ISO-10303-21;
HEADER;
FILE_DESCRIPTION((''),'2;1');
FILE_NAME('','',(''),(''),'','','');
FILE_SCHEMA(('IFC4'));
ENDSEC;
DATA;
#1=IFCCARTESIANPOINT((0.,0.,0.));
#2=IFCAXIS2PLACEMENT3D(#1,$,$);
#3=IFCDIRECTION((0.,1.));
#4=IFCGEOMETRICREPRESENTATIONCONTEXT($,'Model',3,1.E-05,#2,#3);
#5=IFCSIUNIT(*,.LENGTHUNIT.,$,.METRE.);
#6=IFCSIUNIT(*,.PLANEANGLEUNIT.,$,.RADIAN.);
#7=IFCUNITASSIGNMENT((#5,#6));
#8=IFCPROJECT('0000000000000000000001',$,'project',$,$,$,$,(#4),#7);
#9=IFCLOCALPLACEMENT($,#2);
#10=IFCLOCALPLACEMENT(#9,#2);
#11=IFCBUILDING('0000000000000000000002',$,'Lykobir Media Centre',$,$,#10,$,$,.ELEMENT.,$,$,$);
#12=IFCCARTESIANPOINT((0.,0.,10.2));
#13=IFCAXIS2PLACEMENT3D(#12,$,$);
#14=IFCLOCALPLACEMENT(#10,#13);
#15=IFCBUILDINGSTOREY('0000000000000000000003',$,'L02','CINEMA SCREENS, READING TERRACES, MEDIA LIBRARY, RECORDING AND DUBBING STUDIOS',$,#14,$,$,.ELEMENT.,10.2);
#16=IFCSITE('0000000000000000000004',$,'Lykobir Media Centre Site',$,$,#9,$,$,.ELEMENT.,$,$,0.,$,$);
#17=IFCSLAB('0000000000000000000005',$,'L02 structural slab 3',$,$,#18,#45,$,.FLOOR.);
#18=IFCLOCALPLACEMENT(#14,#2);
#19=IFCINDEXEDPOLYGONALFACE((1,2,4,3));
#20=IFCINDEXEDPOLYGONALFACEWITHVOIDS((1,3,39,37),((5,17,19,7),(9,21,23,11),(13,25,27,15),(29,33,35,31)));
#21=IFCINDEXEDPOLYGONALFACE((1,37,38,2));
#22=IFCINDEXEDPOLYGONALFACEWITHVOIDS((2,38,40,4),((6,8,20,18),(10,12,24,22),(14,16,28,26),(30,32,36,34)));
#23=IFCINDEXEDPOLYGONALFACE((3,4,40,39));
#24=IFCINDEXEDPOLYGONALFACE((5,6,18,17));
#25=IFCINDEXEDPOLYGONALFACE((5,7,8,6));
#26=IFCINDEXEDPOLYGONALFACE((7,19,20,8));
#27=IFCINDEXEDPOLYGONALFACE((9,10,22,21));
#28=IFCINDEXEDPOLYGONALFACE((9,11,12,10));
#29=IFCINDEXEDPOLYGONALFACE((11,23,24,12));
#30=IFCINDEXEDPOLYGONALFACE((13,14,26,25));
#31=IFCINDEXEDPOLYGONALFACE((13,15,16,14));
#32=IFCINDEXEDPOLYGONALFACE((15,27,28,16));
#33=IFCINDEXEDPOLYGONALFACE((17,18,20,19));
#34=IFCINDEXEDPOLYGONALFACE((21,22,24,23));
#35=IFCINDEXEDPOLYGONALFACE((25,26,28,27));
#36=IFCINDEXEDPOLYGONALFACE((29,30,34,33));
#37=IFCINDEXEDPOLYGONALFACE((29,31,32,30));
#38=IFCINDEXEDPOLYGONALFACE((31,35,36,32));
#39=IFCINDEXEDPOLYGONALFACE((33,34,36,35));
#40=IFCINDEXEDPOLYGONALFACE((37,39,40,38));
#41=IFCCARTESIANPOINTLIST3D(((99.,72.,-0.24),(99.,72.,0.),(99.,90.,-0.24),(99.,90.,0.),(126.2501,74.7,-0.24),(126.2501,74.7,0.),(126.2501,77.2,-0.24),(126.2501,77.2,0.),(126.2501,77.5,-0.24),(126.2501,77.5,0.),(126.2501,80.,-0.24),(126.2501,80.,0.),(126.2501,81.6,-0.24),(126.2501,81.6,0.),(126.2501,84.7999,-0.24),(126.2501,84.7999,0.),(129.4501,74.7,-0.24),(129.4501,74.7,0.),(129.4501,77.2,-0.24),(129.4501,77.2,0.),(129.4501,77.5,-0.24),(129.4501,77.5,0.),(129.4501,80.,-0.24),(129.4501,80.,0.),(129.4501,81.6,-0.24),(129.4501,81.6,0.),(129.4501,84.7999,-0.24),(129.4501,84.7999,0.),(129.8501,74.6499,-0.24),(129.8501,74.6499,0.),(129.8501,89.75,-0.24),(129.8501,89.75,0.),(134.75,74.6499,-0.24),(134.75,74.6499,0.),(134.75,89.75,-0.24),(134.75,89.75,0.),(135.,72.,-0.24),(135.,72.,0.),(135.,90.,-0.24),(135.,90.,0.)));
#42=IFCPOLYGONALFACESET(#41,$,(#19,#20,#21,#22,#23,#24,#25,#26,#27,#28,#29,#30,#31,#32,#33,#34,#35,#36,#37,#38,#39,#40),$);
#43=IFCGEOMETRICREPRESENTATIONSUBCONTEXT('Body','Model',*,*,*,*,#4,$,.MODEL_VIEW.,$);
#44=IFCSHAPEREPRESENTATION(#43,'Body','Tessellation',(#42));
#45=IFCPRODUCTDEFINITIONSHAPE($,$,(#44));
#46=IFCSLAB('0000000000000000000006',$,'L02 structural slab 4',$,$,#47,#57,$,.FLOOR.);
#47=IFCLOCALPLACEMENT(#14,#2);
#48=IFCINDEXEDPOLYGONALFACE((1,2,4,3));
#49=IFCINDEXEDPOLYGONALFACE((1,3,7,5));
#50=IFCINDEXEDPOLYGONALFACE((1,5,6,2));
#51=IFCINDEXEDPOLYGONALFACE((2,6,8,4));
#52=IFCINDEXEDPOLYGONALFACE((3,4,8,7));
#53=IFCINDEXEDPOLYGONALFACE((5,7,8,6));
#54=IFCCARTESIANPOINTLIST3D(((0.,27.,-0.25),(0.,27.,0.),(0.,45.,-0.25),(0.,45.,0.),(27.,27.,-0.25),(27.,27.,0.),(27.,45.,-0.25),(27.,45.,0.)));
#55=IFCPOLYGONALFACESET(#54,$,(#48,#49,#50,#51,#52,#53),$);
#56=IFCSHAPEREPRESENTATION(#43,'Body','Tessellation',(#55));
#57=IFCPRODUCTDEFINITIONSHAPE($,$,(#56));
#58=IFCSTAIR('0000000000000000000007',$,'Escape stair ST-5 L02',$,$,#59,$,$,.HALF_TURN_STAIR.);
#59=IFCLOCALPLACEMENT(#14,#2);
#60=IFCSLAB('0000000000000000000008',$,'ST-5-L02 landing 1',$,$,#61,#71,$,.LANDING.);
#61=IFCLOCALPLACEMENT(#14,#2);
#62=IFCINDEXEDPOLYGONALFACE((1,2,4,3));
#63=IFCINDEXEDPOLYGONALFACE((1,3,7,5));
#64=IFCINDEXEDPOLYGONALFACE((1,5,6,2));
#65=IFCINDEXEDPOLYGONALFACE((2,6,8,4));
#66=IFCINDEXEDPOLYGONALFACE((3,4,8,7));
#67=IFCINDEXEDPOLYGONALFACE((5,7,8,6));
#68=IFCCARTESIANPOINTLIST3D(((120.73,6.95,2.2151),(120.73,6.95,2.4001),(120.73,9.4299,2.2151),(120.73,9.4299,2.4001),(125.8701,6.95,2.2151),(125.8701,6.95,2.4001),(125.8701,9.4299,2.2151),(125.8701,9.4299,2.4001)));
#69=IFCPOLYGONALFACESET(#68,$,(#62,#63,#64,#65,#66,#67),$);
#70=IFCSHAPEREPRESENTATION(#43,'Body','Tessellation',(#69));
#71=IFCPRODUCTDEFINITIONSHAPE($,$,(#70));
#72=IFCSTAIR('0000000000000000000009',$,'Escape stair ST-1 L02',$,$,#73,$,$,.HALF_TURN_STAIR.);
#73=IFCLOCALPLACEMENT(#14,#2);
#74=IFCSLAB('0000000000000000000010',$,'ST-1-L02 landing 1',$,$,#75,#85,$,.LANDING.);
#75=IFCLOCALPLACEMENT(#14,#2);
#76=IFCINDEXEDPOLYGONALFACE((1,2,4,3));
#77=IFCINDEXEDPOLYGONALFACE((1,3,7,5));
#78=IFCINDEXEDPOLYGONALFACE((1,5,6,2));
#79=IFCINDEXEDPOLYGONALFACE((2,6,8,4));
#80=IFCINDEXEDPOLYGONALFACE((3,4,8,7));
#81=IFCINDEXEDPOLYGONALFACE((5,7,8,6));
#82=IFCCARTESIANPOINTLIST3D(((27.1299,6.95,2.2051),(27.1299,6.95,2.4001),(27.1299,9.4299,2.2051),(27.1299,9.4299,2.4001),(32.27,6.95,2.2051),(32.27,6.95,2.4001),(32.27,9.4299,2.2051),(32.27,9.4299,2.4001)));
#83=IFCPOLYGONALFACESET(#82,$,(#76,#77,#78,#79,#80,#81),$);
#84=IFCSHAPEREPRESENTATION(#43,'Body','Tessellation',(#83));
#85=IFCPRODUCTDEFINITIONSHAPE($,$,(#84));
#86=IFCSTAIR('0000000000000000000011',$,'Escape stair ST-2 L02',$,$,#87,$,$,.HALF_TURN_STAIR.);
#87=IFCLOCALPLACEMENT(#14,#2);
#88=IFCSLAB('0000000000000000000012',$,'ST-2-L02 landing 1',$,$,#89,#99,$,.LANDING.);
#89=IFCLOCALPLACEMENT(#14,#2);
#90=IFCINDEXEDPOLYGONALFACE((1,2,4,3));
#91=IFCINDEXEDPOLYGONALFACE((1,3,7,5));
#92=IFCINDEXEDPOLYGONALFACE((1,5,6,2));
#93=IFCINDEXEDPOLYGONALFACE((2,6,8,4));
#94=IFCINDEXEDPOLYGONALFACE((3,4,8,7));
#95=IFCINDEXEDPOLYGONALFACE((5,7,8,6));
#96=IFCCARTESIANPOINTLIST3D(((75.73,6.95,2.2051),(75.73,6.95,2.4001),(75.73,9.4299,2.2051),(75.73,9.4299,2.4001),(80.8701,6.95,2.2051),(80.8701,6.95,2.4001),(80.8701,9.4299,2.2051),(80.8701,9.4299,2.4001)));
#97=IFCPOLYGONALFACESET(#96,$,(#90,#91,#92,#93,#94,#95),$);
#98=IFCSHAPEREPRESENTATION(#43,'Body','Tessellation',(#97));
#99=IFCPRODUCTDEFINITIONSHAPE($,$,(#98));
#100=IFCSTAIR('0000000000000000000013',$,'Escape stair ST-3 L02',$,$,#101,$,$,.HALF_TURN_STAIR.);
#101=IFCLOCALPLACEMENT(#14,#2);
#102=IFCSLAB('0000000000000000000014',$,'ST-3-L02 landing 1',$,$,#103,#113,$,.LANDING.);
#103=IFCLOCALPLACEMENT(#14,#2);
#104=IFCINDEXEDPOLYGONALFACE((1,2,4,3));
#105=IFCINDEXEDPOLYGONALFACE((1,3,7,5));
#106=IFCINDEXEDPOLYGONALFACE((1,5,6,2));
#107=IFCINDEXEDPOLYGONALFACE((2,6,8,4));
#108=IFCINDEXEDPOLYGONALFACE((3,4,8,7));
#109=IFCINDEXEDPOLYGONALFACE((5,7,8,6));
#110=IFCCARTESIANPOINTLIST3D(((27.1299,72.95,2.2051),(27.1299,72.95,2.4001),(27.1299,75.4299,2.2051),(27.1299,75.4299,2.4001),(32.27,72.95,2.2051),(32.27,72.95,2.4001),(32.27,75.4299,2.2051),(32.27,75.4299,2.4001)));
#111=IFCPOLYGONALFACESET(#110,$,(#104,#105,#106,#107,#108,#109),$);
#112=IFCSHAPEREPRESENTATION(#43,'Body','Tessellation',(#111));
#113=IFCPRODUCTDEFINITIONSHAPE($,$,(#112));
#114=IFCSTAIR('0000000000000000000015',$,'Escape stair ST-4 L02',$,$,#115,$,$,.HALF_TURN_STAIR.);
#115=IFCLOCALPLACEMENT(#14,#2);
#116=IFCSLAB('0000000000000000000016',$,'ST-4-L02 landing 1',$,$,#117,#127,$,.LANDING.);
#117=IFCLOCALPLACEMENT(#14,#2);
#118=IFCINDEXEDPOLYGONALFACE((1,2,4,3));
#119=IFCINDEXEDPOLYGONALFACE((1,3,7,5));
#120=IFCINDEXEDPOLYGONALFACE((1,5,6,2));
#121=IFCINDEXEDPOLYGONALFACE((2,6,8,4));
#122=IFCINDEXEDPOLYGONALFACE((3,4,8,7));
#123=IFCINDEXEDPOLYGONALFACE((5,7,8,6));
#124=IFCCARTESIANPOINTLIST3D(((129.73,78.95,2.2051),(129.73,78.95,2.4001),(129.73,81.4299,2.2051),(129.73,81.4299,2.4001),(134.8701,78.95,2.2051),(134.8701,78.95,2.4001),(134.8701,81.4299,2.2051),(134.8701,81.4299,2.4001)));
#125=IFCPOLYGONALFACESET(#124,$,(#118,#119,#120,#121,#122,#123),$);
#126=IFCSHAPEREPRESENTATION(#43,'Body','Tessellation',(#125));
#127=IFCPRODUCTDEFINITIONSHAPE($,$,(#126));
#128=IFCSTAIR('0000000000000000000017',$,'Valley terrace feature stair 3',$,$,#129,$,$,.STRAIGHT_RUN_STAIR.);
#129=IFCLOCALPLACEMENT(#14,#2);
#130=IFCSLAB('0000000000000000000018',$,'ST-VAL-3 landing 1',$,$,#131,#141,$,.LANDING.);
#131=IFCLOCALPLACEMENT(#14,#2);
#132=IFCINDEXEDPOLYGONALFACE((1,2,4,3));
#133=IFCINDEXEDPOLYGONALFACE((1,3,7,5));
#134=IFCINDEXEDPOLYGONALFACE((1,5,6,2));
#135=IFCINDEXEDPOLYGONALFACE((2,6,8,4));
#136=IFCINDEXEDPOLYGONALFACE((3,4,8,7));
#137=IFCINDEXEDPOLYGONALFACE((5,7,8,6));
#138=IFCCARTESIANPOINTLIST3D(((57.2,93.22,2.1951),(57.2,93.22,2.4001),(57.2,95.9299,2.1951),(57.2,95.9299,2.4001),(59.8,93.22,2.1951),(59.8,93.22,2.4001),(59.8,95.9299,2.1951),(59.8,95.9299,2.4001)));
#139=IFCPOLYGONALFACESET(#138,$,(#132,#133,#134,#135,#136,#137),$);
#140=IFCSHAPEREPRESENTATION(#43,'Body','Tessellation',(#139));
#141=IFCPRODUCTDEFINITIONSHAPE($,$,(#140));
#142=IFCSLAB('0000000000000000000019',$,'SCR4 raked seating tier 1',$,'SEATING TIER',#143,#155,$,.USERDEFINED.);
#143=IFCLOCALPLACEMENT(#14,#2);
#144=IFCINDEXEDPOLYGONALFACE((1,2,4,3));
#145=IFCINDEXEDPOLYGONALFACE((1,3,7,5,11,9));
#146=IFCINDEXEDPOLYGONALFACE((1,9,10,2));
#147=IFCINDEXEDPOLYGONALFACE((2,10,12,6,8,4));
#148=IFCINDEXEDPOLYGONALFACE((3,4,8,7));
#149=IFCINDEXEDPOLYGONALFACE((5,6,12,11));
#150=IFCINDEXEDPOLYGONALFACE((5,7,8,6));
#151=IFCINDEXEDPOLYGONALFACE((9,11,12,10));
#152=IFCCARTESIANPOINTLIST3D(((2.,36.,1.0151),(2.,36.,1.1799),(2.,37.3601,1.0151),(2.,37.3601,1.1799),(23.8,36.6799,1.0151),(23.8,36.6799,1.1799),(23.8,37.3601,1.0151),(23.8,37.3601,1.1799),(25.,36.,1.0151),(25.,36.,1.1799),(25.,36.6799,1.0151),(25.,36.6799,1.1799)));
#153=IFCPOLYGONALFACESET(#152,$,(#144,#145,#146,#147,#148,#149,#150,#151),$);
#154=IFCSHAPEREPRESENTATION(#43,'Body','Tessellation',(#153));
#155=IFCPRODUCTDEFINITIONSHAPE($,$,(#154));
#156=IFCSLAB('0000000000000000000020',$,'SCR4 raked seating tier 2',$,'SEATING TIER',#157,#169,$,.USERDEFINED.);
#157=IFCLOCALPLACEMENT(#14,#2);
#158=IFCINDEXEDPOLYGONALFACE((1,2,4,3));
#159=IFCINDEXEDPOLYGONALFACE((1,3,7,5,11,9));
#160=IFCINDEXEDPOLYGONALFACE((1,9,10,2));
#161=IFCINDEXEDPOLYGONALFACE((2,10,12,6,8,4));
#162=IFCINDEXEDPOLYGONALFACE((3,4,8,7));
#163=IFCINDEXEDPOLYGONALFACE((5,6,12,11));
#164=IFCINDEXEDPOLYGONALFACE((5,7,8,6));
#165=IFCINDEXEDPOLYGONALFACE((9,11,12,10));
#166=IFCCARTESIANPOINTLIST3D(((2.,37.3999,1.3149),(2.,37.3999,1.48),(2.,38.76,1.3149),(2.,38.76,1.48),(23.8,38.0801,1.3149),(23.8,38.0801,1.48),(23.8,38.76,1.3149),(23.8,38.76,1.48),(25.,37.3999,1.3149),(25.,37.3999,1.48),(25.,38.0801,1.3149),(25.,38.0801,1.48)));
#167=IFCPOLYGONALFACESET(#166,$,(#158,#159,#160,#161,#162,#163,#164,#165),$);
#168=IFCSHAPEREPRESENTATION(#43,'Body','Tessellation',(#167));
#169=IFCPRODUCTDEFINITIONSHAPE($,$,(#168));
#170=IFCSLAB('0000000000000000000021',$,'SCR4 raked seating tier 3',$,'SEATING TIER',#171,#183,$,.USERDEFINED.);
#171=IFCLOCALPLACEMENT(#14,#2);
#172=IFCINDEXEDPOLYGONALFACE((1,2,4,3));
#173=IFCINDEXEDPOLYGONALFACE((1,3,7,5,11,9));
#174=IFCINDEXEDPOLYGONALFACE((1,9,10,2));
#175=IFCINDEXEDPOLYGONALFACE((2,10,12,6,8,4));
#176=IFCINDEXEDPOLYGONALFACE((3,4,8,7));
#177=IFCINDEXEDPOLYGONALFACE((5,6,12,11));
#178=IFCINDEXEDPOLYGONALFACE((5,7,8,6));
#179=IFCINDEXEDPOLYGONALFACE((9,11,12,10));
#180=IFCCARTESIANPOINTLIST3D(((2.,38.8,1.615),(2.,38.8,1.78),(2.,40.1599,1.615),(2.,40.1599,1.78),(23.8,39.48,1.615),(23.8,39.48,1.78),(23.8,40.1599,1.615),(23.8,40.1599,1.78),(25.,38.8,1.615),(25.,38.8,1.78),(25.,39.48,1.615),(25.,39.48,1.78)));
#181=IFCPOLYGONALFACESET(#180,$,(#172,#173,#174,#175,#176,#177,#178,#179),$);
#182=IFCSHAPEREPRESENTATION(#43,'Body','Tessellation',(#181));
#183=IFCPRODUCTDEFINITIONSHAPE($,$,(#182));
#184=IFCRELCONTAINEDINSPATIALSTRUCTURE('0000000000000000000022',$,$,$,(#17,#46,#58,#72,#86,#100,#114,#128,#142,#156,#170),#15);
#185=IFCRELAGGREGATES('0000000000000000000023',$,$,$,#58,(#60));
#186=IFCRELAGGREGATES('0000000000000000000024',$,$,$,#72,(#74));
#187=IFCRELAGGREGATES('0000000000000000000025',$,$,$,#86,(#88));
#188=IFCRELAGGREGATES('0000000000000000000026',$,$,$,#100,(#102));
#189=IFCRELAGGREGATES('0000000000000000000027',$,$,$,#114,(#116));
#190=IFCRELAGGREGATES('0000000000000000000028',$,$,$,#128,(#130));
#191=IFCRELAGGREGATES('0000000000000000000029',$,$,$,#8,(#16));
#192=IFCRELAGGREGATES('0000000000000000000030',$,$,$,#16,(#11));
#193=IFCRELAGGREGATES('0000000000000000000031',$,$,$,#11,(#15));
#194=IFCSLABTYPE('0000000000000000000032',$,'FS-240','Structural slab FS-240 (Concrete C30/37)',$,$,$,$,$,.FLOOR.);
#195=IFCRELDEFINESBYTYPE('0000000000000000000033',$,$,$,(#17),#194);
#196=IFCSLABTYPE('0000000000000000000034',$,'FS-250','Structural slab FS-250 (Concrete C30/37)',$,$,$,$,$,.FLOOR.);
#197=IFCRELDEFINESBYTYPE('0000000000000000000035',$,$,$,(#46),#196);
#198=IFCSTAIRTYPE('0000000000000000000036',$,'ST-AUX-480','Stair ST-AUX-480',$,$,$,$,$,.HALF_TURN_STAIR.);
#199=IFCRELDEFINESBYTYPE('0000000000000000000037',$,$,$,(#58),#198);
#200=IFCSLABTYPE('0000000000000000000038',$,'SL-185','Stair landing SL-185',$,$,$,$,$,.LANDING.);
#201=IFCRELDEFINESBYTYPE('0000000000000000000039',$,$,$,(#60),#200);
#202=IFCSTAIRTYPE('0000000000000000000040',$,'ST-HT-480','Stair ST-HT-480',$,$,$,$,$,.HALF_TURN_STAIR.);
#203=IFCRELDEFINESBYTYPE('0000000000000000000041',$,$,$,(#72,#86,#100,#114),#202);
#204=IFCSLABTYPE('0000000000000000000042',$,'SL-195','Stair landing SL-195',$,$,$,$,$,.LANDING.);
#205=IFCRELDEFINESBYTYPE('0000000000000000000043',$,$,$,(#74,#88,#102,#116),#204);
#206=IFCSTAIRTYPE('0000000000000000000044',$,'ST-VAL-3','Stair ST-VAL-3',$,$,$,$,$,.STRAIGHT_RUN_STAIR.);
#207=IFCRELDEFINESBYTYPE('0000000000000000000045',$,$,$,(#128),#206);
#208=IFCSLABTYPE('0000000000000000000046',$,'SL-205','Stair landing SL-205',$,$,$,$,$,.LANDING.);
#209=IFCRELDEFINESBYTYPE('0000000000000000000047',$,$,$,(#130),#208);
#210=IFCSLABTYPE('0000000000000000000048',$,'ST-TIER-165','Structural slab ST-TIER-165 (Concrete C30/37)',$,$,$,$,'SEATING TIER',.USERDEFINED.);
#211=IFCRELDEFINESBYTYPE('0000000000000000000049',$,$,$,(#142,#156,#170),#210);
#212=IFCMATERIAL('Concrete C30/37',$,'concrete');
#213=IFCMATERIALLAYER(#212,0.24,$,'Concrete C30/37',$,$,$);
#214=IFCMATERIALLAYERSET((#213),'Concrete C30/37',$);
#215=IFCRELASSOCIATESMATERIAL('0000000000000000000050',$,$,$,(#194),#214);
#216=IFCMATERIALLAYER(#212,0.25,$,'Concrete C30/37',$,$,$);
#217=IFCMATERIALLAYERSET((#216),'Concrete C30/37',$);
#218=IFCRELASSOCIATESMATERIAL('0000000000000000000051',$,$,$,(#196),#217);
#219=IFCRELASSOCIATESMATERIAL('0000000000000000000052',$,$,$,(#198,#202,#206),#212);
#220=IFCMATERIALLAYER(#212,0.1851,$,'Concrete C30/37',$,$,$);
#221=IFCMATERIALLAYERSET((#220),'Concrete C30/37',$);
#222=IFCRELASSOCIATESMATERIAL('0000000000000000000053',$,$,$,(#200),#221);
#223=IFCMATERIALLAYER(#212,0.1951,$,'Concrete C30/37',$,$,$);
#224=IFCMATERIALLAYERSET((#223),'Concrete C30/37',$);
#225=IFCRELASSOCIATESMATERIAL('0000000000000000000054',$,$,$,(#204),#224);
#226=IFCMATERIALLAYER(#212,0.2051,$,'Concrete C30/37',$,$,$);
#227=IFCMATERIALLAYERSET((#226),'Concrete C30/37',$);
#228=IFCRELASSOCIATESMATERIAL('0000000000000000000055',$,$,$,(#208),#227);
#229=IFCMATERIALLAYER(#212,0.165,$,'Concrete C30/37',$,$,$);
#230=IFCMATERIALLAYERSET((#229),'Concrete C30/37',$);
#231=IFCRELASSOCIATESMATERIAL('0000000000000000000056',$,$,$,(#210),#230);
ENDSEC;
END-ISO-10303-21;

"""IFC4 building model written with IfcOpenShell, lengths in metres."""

from ifc_helpers import new_model, si_unit, direction, frame, origin, origin_2d, place, context, subcontext, project, spatial, polyline, rectangle, outline, extrude, material, layer, layer_set, type_object, element, aggregate, save


model = new_model("IFC4")

# Units and contexts
model_context = context("Model", 3, precision=1e-05, world=origin(), true_north=direction((0.0, 1.0)))
body_context = subcontext(model_context, "Body", "Model", "MODEL_VIEW")
ifc_project = project(units=[si_unit("LENGTHUNIT", "METRE"), si_unit("PLANEANGLEUNIT", "RADIAN")], contexts=[model_context])

# Site, building, storey
site_placement = place(None, origin())
site = spatial("IfcSite", under=ifc_project, at=site_placement, Name="Lykobir Media Centre Site", CompositionType="ELEMENT", RefElevation=0.0)
building_placement = place(site_placement, origin())
building = spatial("IfcBuilding", under=site, at=building_placement, Name="Lykobir Media Centre", CompositionType="ELEMENT")
storey_placement = place(building_placement, frame((0.0, 0.0, 10.2)))
storey = spatial("IfcBuildingStorey", under=building, at=storey_placement, Name="L02", Description="CINEMA SCREENS, READING TERRACES, MEDIA LIBRARY, RECORDING AND DUBBING STUDIOS", CompositionType="ELEMENT", Elevation=10.2)

# Shared definitions
ifc_material_1 = material(Name="Concrete C30/37", Category="concrete")
ifc_layer_1 = layer(ifc_material_1, 0.24, Name="Concrete C30/37")
ifc_layer_set_1 = layer_set([ifc_layer_1], Name="Concrete C30/37")
slab_type_1 = type_object("IfcSlabType", Name="FS-240", Description="Structural slab FS-240 (Concrete C30/37)", PredefinedType="FLOOR", material=ifc_layer_set_1)

# Slab, openings
slab_1_placement = place(storey_placement, frame((0.0, 0.0, -0.24)))
slab_1 = element("IfcSlab", 1, at=slab_1_placement, inside=storey, type_object=slab_type_1, Name="L02 structural slab 3", PredefinedType="FLOOR", context=body_context, shape_type="SweptSolid", body=[
    extrude(outline(polyline([(135.0, 90.0), (99.0, 90.0), (99.0, 72.0), (135.0, 72.0), (135.0, 90.0)]), holes=[polyline([(134.75, 74.6499), (129.8501, 74.6499), (129.8501, 89.75), (134.75, 89.75), (134.75, 74.6499)])]), origin(), (0.0, 0.0, 1.0), 0.24),
])
opening_1_placement = place(slab_1_placement, frame((127.8501, 75.95, 0.0)))
element("IfcOpeningElement", 2, at=opening_1_placement, cuts=slab_1, PredefinedType="OPENING", context=body_context, shape_type="SweptSolid", body=[
    extrude(rectangle(XDim=3.2, YDim=2.5, at=origin_2d()), origin(), (0.0, 0.0, 1.0), 0.24),
])
opening_2_placement = place(slab_1_placement, frame((127.8501, 78.75, 0.0)))
element("IfcOpeningElement", 3, at=opening_2_placement, cuts=slab_1, PredefinedType="OPENING", context=body_context, shape_type="SweptSolid", body=[
    extrude(rectangle(XDim=3.2, YDim=2.5, at=origin_2d()), origin(), (0.0, 0.0, 1.0), 0.24),
])
opening_3_placement = place(slab_1_placement, frame((127.8501, 83.2, 0.0)))
element("IfcOpeningElement", 4, at=opening_3_placement, cuts=slab_1, PredefinedType="OPENING", context=body_context, shape_type="SweptSolid", body=[
    extrude(rectangle(XDim=3.2, YDim=3.2, at=origin_2d()), origin(), (0.0, 0.0, 1.0), 0.24),
])

# Slab
ifc_layer_2 = layer(ifc_material_1, 0.25, Name="Concrete C30/37")
ifc_layer_set_2 = layer_set([ifc_layer_2], Name="Concrete C30/37")
slab_type_2 = type_object("IfcSlabType", Name="FS-250", Description="Structural slab FS-250 (Concrete C30/37)", PredefinedType="FLOOR", material=ifc_layer_set_2)
slab_2_placement = place(storey_placement, frame((0.0, 0.0, -0.25)))
element("IfcSlab", 5, at=slab_2_placement, inside=storey, type_object=slab_type_2, Name="L02 structural slab 4", PredefinedType="FLOOR", context=body_context, shape_type="SweptSolid", body=[
    extrude(outline(polyline([(27.0, 27.0), (27.0, 45.0), (0.0, 45.0), (0.0, 27.0), (27.0, 27.0)])), origin(), (0.0, 0.0, 1.0), 0.25),
])

# Stairs, slabs
stair_type_1 = type_object("IfcStairType", Name="ST-AUX-480", Description="Stair ST-AUX-480", PredefinedType="HALF_TURN_STAIR", material=ifc_material_1)
stair_1_placement = place(storey_placement, origin())
stair_1 = element("IfcStair", 6, at=stair_1_placement, inside=storey, type_object=stair_type_1, Name="Escape stair ST-5 L02", PredefinedType="HALF_TURN_STAIR")
ifc_layer_3 = layer(ifc_material_1, 0.1851, Name="Concrete C30/37")
ifc_layer_set_3 = layer_set([ifc_layer_3], Name="Concrete C30/37")
slab_type_3 = type_object("IfcSlabType", Name="SL-185", Description="Stair landing SL-185", PredefinedType="LANDING", material=ifc_layer_set_3)
slab_3_placement = place(storey_placement, frame((0.0, 0.0, 2.2151)))
slab_3 = element("IfcSlab", 7, at=slab_3_placement, type_object=slab_type_3, Name="ST-5-L02 landing 1", PredefinedType="LANDING", context=body_context, shape_type="SweptSolid", body=[
    extrude(outline(polyline([(120.73, 6.95), (125.8701, 6.95), (125.8701, 9.4299), (120.73, 9.4299), (120.73, 6.95)])), origin(), (0.0, 0.0, 1.0), 0.1851),
])
aggregate(stair_1, [slab_3])
stair_type_2 = type_object("IfcStairType", Name="ST-HT-480", Description="Stair ST-HT-480", PredefinedType="HALF_TURN_STAIR", material=ifc_material_1)
stair_2_placement = place(storey_placement, origin())
stair_2 = element("IfcStair", 8, at=stair_2_placement, inside=storey, type_object=stair_type_2, Name="Escape stair ST-1 L02", PredefinedType="HALF_TURN_STAIR")
ifc_layer_4 = layer(ifc_material_1, 0.1951, Name="Concrete C30/37")
ifc_layer_set_4 = layer_set([ifc_layer_4], Name="Concrete C30/37")
slab_type_4 = type_object("IfcSlabType", Name="SL-195", Description="Stair landing SL-195", PredefinedType="LANDING", material=ifc_layer_set_4)
slab_4_placement = place(storey_placement, frame((0.0, 0.0, 2.2051)))
slab_4 = element("IfcSlab", 9, at=slab_4_placement, type_object=slab_type_4, Name="ST-1-L02 landing 1", PredefinedType="LANDING", context=body_context, shape_type="SweptSolid", body=[
    extrude(outline(polyline([(27.1299, 6.95), (32.27, 6.95), (32.27, 9.4299), (27.1299, 9.4299), (27.1299, 6.95)])), origin(), (0.0, 0.0, 1.0), 0.1951),
])
aggregate(stair_2, [slab_4])
stair_3_placement = place(storey_placement, origin())
stair_3 = element("IfcStair", 10, at=stair_3_placement, inside=storey, type_object=stair_type_2, Name="Escape stair ST-2 L02", PredefinedType="HALF_TURN_STAIR")
slab_5_placement = place(storey_placement, frame((0.0, 0.0, 2.2051)))
slab_5 = element("IfcSlab", 11, at=slab_5_placement, type_object=slab_type_4, Name="ST-2-L02 landing 1", PredefinedType="LANDING", context=body_context, shape_type="SweptSolid", body=[
    extrude(outline(polyline([(75.73, 6.95), (80.8701, 6.95), (80.8701, 9.4299), (75.73, 9.4299), (75.73, 6.95)])), origin(), (0.0, 0.0, 1.0), 0.1951),
])
aggregate(stair_3, [slab_5])
stair_4_placement = place(storey_placement, origin())
stair_4 = element("IfcStair", 12, at=stair_4_placement, inside=storey, type_object=stair_type_2, Name="Escape stair ST-3 L02", PredefinedType="HALF_TURN_STAIR")
slab_6_placement = place(storey_placement, frame((0.0, 0.0, 2.2051)))
slab_6 = element("IfcSlab", 13, at=slab_6_placement, type_object=slab_type_4, Name="ST-3-L02 landing 1", PredefinedType="LANDING", context=body_context, shape_type="SweptSolid", body=[
    extrude(outline(polyline([(27.1299, 72.95), (32.27, 72.95), (32.27, 75.4299), (27.1299, 75.4299), (27.1299, 72.95)])), origin(), (0.0, 0.0, 1.0), 0.1951),
])
aggregate(stair_4, [slab_6])
stair_5_placement = place(storey_placement, origin())
stair_5 = element("IfcStair", 14, at=stair_5_placement, inside=storey, type_object=stair_type_2, Name="Escape stair ST-4 L02", PredefinedType="HALF_TURN_STAIR")
slab_7_placement = place(storey_placement, frame((0.0, 0.0, 2.2051)))
slab_7 = element("IfcSlab", 15, at=slab_7_placement, type_object=slab_type_4, Name="ST-4-L02 landing 1", PredefinedType="LANDING", context=body_context, shape_type="SweptSolid", body=[
    extrude(outline(polyline([(129.73, 78.95), (134.8701, 78.95), (134.8701, 81.4299), (129.73, 81.4299), (129.73, 78.95)])), origin(), (0.0, 0.0, 1.0), 0.1951),
])
aggregate(stair_5, [slab_7])
stair_type_3 = type_object("IfcStairType", Name="ST-VAL-3", Description="Stair ST-VAL-3", PredefinedType="STRAIGHT_RUN_STAIR", material=ifc_material_1)
stair_6_placement = place(storey_placement, origin())
stair_6 = element("IfcStair", 16, at=stair_6_placement, inside=storey, type_object=stair_type_3, Name="Valley terrace feature stair 3", PredefinedType="STRAIGHT_RUN_STAIR")
ifc_layer_5 = layer(ifc_material_1, 0.2051, Name="Concrete C30/37")
ifc_layer_set_5 = layer_set([ifc_layer_5], Name="Concrete C30/37")
slab_type_5 = type_object("IfcSlabType", Name="SL-205", Description="Stair landing SL-205", PredefinedType="LANDING", material=ifc_layer_set_5)
slab_8_placement = place(storey_placement, frame((0.0, 0.0, 2.1951)))
slab_8 = element("IfcSlab", 17, at=slab_8_placement, type_object=slab_type_5, Name="ST-VAL-3 landing 1", PredefinedType="LANDING", context=body_context, shape_type="SweptSolid", body=[
    extrude(outline(polyline([(57.2, 93.22), (59.8, 93.22), (59.8, 95.9299), (57.2, 95.9299), (57.2, 93.22)])), origin(), (0.0, 0.0, 1.0), 0.2051),
])
aggregate(stair_6, [slab_8])

# Slabs
ifc_layer_6 = layer(ifc_material_1, 0.165, Name="Concrete C30/37")
ifc_layer_set_6 = layer_set([ifc_layer_6], Name="Concrete C30/37")
slab_type_6 = type_object("IfcSlabType", Name="ST-TIER-165", Description="Structural slab ST-TIER-165 (Concrete C30/37)", ElementType="SEATING TIER", PredefinedType="USERDEFINED", material=ifc_layer_set_6)
slab_9_placement = place(storey_placement, frame((0.0, 0.0, 1.0151)))
element("IfcSlab", 18, at=slab_9_placement, inside=storey, type_object=slab_type_6, Name="SCR4 raked seating tier 1", ObjectType="SEATING TIER", PredefinedType="USERDEFINED", context=body_context, shape_type="SweptSolid", body=[
    extrude(outline(polyline([(2.0, 36.0), (25.0, 36.0), (25.0, 36.6799), (23.8, 36.6799), (23.8, 37.3601), (2.0, 37.3601), (2.0, 36.0)])), origin(), (0.0, 0.0, 1.0), 0.1648),
])
slab_10_placement = place(storey_placement, frame((0.0, 0.0, 1.3149)))
element("IfcSlab", 19, at=slab_10_placement, inside=storey, type_object=slab_type_6, Name="SCR4 raked seating tier 2", ObjectType="SEATING TIER", PredefinedType="USERDEFINED", context=body_context, shape_type="SweptSolid", body=[
    extrude(outline(polyline([(2.0, 37.3999), (25.0, 37.3999), (25.0, 38.0801), (23.8, 38.0801), (23.8, 38.76), (2.0, 38.76), (2.0, 37.3999)])), origin(), (0.0, 0.0, 1.0), 0.165),
])
slab_11_placement = place(storey_placement, frame((0.0, 0.0, 1.615)))
element("IfcSlab", 20, at=slab_11_placement, inside=storey, type_object=slab_type_6, Name="SCR4 raked seating tier 3", ObjectType="SEATING TIER", PredefinedType="USERDEFINED", context=body_context, shape_type="SweptSolid", body=[
    extrude(outline(polyline([(2.0, 38.8), (25.0, 38.8), (25.0, 39.48), (23.8, 39.48), (23.8, 40.1599), (2.0, 40.1599), (2.0, 38.8)])), origin(), (0.0, 0.0, 1.0), 0.165),
])

save(model, "model.ifc")
